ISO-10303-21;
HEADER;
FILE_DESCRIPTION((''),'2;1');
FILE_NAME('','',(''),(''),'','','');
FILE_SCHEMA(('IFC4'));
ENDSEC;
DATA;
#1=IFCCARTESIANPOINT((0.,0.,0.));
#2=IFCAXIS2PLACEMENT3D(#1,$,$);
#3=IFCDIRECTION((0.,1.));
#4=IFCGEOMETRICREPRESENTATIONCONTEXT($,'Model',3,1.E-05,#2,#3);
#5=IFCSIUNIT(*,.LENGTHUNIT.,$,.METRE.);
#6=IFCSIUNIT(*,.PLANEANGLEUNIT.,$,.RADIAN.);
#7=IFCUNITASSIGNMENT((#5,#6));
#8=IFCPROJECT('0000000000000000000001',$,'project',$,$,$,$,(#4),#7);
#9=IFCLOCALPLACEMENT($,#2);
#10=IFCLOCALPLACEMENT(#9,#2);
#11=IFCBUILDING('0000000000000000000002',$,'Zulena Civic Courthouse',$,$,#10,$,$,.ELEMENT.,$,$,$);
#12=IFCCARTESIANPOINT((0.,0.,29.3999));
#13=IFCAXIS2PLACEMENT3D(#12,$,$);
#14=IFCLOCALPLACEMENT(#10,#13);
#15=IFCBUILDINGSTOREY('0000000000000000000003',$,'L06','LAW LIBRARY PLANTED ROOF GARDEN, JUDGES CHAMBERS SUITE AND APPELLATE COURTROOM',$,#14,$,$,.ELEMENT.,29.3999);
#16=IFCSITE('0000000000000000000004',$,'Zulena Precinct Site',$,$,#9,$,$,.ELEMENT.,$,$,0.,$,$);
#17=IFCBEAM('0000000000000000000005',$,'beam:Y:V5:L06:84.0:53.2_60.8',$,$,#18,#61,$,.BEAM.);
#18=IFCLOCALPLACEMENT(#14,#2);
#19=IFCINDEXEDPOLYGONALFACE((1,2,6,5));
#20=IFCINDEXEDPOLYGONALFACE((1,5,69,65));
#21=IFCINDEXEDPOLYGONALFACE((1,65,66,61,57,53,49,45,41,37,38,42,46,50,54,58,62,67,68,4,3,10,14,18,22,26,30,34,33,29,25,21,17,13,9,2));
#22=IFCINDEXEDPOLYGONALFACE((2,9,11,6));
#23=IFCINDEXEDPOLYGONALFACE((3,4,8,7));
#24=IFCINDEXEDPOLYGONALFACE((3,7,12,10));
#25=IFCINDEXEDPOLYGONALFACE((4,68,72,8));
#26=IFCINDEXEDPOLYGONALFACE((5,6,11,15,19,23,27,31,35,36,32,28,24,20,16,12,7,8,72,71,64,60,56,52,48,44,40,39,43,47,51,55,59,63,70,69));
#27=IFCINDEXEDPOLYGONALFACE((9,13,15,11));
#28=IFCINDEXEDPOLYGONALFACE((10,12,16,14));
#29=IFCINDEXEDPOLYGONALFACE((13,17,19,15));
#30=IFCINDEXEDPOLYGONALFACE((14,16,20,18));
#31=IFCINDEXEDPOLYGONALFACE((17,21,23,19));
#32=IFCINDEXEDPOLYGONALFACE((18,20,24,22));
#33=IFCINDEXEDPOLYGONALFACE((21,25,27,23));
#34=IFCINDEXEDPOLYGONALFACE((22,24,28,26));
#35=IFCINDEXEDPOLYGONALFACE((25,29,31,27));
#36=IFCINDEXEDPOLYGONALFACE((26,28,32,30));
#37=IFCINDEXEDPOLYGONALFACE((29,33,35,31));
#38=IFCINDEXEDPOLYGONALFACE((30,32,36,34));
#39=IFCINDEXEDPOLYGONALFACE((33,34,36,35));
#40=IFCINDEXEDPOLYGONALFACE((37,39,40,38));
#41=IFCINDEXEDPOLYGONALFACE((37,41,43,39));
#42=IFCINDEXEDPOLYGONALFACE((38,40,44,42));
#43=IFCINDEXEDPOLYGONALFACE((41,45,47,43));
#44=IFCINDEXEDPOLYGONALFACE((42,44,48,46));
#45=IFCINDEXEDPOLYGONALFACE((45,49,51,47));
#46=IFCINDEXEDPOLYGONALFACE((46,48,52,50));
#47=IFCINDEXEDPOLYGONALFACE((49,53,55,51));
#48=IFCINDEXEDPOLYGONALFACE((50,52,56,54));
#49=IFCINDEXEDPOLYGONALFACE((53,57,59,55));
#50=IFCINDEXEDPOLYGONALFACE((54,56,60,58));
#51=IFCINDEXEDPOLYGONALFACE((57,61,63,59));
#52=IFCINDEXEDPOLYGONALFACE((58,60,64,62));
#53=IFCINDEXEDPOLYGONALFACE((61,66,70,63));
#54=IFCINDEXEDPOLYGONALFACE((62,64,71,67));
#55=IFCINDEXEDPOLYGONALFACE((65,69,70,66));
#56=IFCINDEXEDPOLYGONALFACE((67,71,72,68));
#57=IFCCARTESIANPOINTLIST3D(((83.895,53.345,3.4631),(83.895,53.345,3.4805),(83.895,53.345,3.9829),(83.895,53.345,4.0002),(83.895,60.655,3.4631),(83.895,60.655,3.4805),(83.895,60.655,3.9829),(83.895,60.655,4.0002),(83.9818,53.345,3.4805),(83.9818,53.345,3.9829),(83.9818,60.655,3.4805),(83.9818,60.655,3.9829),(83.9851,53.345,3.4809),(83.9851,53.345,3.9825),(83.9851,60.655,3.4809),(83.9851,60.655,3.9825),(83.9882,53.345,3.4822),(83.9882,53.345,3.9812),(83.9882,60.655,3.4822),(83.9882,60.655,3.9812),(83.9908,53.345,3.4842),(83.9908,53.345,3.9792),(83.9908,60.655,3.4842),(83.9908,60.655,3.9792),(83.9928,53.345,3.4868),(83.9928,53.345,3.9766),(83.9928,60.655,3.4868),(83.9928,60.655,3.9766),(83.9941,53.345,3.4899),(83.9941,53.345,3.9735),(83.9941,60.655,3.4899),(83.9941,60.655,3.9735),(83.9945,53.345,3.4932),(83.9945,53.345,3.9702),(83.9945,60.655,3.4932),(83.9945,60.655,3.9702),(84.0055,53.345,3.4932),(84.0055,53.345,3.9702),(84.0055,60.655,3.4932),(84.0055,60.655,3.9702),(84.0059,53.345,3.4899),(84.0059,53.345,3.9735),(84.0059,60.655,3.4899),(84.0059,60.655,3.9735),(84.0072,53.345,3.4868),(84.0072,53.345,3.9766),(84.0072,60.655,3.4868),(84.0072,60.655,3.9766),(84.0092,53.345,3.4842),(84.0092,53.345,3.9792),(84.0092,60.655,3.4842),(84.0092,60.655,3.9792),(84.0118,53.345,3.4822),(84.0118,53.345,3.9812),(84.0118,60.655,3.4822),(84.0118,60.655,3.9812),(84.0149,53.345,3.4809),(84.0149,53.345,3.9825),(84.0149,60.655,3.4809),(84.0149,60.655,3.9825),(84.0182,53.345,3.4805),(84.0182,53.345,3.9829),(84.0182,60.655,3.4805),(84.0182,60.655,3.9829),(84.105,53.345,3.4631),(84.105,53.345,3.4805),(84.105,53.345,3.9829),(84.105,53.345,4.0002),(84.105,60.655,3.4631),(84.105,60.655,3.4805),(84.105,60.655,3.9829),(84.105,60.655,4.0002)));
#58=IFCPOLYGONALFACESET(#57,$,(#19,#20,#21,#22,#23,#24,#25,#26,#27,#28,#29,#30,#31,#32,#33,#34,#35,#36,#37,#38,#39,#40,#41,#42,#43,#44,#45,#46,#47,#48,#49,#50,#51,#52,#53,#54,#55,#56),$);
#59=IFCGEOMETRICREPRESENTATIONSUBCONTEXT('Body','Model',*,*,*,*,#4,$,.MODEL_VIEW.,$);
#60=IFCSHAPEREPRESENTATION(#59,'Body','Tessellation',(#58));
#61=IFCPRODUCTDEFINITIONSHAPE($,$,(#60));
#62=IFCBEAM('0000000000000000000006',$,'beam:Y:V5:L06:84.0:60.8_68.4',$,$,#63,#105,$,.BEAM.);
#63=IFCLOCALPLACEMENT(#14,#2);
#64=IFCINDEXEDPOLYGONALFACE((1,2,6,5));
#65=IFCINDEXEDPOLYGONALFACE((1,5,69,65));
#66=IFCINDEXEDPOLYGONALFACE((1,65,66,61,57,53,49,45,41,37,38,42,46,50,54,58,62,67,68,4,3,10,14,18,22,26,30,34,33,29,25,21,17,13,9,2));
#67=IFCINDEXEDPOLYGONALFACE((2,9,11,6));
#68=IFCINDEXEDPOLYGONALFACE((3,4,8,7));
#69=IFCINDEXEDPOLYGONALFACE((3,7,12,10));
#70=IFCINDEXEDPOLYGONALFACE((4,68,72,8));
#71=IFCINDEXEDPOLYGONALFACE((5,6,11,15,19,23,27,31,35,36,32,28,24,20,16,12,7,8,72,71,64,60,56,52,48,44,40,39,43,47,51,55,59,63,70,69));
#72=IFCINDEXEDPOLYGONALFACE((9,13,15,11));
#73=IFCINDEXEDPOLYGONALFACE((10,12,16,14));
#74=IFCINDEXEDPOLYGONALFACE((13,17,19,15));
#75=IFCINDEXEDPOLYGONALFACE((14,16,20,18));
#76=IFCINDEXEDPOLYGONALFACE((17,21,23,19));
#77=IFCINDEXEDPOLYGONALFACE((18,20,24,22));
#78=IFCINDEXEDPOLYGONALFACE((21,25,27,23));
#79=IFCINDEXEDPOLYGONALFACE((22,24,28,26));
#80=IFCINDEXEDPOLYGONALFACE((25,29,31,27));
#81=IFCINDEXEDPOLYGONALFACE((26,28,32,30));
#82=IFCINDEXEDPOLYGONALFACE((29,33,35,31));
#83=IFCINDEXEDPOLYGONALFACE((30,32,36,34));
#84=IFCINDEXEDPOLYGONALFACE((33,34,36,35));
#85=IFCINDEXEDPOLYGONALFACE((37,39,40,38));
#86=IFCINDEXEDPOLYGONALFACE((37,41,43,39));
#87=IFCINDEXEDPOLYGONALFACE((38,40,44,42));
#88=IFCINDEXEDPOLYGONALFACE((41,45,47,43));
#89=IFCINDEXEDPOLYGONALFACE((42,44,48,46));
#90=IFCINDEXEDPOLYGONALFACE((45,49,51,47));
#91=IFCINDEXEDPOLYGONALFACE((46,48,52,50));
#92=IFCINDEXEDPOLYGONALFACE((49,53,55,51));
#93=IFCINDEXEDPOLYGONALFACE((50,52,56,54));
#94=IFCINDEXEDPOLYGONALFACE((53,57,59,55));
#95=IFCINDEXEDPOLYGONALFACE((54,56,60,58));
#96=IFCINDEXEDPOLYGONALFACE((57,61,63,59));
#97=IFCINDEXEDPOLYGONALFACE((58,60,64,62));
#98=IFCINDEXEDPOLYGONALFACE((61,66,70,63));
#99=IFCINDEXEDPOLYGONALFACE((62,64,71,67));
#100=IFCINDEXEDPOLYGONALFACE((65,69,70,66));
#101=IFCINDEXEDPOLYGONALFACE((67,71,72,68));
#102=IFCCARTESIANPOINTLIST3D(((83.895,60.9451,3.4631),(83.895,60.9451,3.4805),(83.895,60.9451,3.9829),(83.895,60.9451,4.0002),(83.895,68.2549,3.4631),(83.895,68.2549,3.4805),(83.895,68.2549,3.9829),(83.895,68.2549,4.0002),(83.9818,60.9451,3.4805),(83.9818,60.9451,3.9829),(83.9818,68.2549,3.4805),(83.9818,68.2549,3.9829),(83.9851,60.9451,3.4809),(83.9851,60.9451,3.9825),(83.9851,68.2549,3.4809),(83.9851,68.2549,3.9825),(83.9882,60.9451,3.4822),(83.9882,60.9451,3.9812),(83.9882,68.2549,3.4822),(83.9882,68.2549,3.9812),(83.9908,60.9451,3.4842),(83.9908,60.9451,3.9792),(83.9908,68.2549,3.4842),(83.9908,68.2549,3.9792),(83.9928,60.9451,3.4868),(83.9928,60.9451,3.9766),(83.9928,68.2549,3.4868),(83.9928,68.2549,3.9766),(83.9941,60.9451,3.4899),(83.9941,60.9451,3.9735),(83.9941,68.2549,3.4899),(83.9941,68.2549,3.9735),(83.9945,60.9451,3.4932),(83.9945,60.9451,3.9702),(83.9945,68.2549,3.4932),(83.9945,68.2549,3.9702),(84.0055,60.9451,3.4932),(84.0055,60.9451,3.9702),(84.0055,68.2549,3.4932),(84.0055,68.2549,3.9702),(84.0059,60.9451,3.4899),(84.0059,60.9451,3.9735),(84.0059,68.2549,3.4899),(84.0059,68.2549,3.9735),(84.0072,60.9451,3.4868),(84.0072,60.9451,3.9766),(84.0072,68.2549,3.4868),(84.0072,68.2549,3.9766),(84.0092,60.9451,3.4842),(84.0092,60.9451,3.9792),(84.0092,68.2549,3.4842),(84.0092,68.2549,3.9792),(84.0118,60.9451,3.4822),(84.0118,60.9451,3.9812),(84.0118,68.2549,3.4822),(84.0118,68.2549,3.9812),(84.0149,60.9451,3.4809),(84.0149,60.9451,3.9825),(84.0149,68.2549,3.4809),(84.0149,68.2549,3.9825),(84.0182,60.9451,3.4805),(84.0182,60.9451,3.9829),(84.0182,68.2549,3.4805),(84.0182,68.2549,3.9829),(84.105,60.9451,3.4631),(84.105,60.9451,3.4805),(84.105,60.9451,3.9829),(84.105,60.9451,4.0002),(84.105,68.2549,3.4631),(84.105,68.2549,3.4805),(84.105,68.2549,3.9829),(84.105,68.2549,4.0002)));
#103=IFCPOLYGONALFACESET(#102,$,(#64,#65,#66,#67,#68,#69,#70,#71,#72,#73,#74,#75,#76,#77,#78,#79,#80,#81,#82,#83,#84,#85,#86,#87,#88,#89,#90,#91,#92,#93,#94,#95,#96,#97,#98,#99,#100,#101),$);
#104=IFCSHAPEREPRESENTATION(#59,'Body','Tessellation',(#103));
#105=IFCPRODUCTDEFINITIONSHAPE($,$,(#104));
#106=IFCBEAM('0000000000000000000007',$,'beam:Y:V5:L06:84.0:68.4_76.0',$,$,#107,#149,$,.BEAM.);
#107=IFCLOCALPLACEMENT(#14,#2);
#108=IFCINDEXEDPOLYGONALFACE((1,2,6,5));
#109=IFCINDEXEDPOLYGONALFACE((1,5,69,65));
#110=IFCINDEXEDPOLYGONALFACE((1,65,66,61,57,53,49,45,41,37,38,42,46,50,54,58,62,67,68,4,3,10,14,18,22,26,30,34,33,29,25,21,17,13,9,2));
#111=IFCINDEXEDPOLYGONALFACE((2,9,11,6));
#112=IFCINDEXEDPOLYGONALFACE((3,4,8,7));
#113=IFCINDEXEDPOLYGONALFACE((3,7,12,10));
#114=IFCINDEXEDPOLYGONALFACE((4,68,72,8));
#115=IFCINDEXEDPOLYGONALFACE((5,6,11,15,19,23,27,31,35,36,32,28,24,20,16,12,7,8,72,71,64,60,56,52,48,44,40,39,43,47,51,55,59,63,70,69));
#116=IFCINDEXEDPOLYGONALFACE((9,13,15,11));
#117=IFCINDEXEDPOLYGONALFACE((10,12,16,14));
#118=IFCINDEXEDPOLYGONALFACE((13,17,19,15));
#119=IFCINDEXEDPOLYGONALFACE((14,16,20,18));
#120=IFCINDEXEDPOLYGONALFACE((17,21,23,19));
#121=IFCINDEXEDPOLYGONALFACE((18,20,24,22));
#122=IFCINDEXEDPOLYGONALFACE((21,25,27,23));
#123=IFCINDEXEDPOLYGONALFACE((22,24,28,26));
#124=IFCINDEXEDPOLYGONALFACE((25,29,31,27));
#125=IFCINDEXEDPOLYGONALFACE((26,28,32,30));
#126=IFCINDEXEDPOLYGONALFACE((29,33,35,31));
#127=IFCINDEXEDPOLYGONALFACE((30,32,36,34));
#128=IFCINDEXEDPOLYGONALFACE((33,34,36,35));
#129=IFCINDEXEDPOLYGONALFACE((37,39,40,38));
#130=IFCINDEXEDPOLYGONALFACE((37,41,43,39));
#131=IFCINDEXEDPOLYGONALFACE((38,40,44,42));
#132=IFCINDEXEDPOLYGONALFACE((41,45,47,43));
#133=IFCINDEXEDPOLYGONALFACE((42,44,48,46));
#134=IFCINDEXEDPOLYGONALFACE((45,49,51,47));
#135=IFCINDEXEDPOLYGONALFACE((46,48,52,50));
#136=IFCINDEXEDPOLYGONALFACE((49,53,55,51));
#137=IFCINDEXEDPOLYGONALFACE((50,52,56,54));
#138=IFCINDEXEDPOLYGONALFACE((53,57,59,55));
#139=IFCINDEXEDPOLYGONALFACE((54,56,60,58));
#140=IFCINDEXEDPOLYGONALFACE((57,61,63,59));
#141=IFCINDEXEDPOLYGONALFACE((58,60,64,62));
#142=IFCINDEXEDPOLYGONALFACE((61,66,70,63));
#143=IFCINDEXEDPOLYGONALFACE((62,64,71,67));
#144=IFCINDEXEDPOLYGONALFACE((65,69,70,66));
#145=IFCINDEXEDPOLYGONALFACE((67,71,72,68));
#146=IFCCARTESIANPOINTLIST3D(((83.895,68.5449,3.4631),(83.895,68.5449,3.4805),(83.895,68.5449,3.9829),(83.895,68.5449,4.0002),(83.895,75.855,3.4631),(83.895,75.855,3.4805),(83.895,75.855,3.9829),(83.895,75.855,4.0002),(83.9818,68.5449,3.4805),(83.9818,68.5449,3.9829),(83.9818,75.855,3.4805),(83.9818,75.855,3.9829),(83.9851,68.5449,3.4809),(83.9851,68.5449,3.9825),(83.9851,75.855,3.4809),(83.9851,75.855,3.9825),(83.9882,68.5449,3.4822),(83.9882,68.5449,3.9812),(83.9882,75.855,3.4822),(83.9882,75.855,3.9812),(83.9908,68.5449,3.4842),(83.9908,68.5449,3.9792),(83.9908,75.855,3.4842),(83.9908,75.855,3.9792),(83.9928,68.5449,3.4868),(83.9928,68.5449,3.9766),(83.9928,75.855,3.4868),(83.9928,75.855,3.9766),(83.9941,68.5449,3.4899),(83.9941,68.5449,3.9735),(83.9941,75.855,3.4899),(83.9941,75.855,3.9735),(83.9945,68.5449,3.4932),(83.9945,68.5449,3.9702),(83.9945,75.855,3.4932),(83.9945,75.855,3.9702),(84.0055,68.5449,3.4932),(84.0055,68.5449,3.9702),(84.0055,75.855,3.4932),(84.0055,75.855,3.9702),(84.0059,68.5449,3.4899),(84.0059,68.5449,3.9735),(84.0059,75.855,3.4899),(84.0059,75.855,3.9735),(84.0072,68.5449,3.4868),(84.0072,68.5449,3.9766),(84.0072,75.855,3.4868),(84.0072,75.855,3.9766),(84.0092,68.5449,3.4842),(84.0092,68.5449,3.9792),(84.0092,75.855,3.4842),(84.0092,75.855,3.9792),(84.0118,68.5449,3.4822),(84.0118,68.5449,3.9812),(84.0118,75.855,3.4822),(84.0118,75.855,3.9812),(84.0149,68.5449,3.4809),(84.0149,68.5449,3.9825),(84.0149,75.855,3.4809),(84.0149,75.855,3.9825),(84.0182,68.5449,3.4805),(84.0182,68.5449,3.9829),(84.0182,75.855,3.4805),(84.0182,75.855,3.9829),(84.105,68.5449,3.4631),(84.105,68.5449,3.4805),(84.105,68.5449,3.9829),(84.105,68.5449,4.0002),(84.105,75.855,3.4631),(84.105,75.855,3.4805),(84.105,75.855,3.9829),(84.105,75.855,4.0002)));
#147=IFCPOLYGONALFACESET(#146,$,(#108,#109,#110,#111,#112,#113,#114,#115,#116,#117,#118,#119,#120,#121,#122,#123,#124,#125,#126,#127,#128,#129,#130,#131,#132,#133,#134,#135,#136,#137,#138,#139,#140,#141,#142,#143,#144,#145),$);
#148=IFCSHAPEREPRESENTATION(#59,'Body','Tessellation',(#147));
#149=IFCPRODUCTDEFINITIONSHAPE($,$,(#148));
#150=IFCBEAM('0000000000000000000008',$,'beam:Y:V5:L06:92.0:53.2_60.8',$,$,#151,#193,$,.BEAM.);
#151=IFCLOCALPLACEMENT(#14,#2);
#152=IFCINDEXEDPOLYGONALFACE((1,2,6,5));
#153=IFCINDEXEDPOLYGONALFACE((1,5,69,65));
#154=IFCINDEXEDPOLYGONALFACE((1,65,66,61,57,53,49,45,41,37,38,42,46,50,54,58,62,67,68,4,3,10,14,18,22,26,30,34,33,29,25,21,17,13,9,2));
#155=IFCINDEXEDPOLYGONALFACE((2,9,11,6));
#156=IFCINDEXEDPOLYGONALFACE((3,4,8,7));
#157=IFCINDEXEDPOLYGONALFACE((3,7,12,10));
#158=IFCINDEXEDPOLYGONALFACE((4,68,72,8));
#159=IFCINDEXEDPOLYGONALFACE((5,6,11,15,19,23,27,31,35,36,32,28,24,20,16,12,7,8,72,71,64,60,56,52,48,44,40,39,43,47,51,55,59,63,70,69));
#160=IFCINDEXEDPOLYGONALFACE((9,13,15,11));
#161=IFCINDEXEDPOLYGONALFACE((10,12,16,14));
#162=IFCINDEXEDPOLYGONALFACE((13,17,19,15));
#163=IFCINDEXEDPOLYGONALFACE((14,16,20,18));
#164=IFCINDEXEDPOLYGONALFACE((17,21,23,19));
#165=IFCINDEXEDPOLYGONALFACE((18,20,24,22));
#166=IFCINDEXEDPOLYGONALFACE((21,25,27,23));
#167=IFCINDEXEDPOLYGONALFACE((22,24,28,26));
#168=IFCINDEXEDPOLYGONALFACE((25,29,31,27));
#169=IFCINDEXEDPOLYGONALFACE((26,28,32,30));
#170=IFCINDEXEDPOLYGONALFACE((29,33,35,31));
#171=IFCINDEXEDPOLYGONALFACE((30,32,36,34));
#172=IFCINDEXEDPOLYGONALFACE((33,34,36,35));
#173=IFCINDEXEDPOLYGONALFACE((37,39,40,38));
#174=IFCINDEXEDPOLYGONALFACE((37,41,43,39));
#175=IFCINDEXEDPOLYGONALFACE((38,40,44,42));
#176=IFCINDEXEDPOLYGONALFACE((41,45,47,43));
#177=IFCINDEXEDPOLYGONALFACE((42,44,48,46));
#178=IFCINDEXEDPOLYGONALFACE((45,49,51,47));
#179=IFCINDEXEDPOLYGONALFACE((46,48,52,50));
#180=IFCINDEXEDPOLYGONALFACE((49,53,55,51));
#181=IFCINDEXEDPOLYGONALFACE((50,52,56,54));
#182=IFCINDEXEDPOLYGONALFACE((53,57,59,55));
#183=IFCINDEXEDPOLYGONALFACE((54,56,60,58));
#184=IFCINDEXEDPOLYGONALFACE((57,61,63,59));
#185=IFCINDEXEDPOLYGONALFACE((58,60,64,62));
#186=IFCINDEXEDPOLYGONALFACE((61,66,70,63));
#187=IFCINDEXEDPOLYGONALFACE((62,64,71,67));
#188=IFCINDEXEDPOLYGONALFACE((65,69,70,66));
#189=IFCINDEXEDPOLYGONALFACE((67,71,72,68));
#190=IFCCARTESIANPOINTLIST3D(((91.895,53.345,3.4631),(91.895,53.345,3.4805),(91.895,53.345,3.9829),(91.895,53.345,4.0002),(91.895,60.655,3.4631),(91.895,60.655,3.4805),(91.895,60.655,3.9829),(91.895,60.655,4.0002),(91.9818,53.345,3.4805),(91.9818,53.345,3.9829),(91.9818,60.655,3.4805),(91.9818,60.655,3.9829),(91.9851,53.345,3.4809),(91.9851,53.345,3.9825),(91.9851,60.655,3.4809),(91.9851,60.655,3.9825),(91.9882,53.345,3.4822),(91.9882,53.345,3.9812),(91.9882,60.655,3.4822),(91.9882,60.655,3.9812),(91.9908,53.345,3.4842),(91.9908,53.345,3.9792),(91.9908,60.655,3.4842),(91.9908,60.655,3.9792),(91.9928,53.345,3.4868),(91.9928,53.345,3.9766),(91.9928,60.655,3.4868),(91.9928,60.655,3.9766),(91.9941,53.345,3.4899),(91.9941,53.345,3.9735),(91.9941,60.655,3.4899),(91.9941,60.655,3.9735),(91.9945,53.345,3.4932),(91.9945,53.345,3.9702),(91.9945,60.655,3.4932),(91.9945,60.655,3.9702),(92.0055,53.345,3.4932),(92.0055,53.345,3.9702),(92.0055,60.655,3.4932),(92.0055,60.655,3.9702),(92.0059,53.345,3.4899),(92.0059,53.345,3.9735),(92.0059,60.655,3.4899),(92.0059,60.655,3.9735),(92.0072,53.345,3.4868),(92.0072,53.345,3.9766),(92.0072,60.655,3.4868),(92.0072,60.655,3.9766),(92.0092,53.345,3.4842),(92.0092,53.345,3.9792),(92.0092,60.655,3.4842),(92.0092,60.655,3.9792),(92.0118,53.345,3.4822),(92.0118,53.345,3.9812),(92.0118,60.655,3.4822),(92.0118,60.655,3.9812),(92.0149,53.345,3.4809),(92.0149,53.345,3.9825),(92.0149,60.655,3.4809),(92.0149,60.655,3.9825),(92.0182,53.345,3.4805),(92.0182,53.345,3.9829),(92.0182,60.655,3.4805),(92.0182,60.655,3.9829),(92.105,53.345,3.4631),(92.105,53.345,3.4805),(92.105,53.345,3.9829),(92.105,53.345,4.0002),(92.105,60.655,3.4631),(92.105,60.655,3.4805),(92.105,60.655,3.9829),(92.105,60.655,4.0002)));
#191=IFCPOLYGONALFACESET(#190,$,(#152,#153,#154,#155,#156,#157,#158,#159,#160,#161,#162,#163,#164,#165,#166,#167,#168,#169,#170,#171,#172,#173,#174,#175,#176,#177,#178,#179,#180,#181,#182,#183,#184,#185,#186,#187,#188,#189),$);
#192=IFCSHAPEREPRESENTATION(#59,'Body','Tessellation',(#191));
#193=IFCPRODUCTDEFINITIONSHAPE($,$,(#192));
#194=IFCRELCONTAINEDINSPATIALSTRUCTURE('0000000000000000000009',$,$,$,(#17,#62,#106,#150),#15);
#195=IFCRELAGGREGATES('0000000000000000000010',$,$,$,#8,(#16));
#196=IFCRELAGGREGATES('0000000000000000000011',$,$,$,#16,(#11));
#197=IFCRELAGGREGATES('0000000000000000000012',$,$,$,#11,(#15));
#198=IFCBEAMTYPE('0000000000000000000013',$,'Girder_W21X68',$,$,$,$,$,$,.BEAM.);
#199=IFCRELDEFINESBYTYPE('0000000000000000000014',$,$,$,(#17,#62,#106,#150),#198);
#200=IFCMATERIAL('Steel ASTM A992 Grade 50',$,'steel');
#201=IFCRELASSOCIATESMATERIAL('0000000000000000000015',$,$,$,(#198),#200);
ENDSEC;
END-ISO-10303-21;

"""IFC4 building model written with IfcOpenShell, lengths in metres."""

from ifc_helpers import new_model, si_unit, direction, frame, origin, origin_2d, place, context, subcontext, project, spatial, i_section, extrude, material, material_profile, profile_set, type_object, element, save


model = new_model("IFC4")

# Units and contexts
model_context = context("Model", 3, precision=1e-05, world=origin(), true_north=direction((0.0, 1.0)))
body_context = subcontext(model_context, "Body", "Model", "MODEL_VIEW")
ifc_project = project(units=[si_unit("LENGTHUNIT", "METRE"), si_unit("PLANEANGLEUNIT", "RADIAN")], contexts=[model_context])

# Site, building, storey
site_placement = place(None, origin())
site = spatial("IfcSite", under=ifc_project, at=site_placement, Name="Zulena Precinct Site", CompositionType="ELEMENT", RefElevation=0.0)
building_placement = place(site_placement, origin())
building = spatial("IfcBuilding", under=site, at=building_placement, Name="Zulena Civic Courthouse", CompositionType="ELEMENT")
storey_placement = place(building_placement, frame((0.0, 0.0, 29.3999)))
storey = spatial("IfcBuildingStorey", under=building, at=storey_placement, Name="L06", Description="LAW LIBRARY PLANTED ROOF GARDEN, JUDGES CHAMBERS SUITE AND APPELLATE COURTROOM", CompositionType="ELEMENT", Elevation=29.3999)

# Shared definitions
ifc_material_1 = material(Name="Steel ASTM A992 Grade 50", Category="steel")

# Beams
ifc_material_profile_1 = material_profile(ifc_material_1, i_section(OverallWidth=0.21, OverallDepth=0.5371, WebThickness=0.011, FlangeThickness=0.0173, FilletRadius=0.0127, at=origin_2d()), Name="W21X68")
ifc_profile_set_1 = profile_set([ifc_material_profile_1], Name="Steel ASTM A992 Grade 50")
beam_type_1 = type_object("IfcBeamType", Name="Girder_W21X68", PredefinedType="BEAM", material=ifc_profile_set_1)
beam_1_placement = place(storey_placement, frame((84.0, 53.345, 3.7317), z_axis=(0.0, 1.0, 0.0), x_axis=(-1.0, 0.0, 0.0)))
element("IfcBeam", 1, at=beam_1_placement, inside=storey, type_object=beam_type_1, Name="beam:Y:V5:L06:84.0:53.2_60.8", PredefinedType="BEAM", context=body_context, shape_type="SweptSolid", body=[
    extrude(i_section(OverallWidth=0.21, OverallDepth=0.5371, WebThickness=0.011, FlangeThickness=0.0173, FilletRadius=0.0127, at=origin_2d()), origin(), (0.0, 0.0, 1.0), 7.3101),
])
beam_2_placement = place(storey_placement, frame((84.0, 60.9451, 3.7317), z_axis=(0.0, 1.0, 0.0), x_axis=(-1.0, 0.0, 0.0)))
element("IfcBeam", 2, at=beam_2_placement, inside=storey, type_object=beam_type_1, Name="beam:Y:V5:L06:84.0:60.8_68.4", PredefinedType="BEAM", context=body_context, shape_type="SweptSolid", body=[
    extrude(i_section(OverallWidth=0.21, OverallDepth=0.5371, WebThickness=0.011, FlangeThickness=0.0173, FilletRadius=0.0127, at=origin_2d()), origin(), (0.0, 0.0, 1.0), 7.3098),
])
for number, where, z_axis, x_axis, name in (
    (3, (84.0, 68.5449, 3.7317), (0.0, 1.0, 0.0), (-1.0, 0.0, 0.0), "beam:Y:V5:L06:84.0:68.4_76.0"),
    (4, (92.0, 53.345, 3.7317), (0.0, 1.0, 0.0), (-1.0, 0.0, 0.0), "beam:Y:V5:L06:92.0:53.2_60.8"),
):
    element("IfcBeam", number, at=place(storey_placement, frame(where, z_axis=z_axis, x_axis=x_axis)), inside=storey, type_object=beam_type_1, Name=name, PredefinedType="BEAM", context=body_context, shape_type="SweptSolid", body=[
        extrude(i_section(OverallWidth=0.21, OverallDepth=0.5371, WebThickness=0.011, FlangeThickness=0.0173, FilletRadius=0.0127, at=origin_2d()), origin(), (0.0, 0.0, 1.0), 7.3101),
    ])

save(model, "model.ifc")
